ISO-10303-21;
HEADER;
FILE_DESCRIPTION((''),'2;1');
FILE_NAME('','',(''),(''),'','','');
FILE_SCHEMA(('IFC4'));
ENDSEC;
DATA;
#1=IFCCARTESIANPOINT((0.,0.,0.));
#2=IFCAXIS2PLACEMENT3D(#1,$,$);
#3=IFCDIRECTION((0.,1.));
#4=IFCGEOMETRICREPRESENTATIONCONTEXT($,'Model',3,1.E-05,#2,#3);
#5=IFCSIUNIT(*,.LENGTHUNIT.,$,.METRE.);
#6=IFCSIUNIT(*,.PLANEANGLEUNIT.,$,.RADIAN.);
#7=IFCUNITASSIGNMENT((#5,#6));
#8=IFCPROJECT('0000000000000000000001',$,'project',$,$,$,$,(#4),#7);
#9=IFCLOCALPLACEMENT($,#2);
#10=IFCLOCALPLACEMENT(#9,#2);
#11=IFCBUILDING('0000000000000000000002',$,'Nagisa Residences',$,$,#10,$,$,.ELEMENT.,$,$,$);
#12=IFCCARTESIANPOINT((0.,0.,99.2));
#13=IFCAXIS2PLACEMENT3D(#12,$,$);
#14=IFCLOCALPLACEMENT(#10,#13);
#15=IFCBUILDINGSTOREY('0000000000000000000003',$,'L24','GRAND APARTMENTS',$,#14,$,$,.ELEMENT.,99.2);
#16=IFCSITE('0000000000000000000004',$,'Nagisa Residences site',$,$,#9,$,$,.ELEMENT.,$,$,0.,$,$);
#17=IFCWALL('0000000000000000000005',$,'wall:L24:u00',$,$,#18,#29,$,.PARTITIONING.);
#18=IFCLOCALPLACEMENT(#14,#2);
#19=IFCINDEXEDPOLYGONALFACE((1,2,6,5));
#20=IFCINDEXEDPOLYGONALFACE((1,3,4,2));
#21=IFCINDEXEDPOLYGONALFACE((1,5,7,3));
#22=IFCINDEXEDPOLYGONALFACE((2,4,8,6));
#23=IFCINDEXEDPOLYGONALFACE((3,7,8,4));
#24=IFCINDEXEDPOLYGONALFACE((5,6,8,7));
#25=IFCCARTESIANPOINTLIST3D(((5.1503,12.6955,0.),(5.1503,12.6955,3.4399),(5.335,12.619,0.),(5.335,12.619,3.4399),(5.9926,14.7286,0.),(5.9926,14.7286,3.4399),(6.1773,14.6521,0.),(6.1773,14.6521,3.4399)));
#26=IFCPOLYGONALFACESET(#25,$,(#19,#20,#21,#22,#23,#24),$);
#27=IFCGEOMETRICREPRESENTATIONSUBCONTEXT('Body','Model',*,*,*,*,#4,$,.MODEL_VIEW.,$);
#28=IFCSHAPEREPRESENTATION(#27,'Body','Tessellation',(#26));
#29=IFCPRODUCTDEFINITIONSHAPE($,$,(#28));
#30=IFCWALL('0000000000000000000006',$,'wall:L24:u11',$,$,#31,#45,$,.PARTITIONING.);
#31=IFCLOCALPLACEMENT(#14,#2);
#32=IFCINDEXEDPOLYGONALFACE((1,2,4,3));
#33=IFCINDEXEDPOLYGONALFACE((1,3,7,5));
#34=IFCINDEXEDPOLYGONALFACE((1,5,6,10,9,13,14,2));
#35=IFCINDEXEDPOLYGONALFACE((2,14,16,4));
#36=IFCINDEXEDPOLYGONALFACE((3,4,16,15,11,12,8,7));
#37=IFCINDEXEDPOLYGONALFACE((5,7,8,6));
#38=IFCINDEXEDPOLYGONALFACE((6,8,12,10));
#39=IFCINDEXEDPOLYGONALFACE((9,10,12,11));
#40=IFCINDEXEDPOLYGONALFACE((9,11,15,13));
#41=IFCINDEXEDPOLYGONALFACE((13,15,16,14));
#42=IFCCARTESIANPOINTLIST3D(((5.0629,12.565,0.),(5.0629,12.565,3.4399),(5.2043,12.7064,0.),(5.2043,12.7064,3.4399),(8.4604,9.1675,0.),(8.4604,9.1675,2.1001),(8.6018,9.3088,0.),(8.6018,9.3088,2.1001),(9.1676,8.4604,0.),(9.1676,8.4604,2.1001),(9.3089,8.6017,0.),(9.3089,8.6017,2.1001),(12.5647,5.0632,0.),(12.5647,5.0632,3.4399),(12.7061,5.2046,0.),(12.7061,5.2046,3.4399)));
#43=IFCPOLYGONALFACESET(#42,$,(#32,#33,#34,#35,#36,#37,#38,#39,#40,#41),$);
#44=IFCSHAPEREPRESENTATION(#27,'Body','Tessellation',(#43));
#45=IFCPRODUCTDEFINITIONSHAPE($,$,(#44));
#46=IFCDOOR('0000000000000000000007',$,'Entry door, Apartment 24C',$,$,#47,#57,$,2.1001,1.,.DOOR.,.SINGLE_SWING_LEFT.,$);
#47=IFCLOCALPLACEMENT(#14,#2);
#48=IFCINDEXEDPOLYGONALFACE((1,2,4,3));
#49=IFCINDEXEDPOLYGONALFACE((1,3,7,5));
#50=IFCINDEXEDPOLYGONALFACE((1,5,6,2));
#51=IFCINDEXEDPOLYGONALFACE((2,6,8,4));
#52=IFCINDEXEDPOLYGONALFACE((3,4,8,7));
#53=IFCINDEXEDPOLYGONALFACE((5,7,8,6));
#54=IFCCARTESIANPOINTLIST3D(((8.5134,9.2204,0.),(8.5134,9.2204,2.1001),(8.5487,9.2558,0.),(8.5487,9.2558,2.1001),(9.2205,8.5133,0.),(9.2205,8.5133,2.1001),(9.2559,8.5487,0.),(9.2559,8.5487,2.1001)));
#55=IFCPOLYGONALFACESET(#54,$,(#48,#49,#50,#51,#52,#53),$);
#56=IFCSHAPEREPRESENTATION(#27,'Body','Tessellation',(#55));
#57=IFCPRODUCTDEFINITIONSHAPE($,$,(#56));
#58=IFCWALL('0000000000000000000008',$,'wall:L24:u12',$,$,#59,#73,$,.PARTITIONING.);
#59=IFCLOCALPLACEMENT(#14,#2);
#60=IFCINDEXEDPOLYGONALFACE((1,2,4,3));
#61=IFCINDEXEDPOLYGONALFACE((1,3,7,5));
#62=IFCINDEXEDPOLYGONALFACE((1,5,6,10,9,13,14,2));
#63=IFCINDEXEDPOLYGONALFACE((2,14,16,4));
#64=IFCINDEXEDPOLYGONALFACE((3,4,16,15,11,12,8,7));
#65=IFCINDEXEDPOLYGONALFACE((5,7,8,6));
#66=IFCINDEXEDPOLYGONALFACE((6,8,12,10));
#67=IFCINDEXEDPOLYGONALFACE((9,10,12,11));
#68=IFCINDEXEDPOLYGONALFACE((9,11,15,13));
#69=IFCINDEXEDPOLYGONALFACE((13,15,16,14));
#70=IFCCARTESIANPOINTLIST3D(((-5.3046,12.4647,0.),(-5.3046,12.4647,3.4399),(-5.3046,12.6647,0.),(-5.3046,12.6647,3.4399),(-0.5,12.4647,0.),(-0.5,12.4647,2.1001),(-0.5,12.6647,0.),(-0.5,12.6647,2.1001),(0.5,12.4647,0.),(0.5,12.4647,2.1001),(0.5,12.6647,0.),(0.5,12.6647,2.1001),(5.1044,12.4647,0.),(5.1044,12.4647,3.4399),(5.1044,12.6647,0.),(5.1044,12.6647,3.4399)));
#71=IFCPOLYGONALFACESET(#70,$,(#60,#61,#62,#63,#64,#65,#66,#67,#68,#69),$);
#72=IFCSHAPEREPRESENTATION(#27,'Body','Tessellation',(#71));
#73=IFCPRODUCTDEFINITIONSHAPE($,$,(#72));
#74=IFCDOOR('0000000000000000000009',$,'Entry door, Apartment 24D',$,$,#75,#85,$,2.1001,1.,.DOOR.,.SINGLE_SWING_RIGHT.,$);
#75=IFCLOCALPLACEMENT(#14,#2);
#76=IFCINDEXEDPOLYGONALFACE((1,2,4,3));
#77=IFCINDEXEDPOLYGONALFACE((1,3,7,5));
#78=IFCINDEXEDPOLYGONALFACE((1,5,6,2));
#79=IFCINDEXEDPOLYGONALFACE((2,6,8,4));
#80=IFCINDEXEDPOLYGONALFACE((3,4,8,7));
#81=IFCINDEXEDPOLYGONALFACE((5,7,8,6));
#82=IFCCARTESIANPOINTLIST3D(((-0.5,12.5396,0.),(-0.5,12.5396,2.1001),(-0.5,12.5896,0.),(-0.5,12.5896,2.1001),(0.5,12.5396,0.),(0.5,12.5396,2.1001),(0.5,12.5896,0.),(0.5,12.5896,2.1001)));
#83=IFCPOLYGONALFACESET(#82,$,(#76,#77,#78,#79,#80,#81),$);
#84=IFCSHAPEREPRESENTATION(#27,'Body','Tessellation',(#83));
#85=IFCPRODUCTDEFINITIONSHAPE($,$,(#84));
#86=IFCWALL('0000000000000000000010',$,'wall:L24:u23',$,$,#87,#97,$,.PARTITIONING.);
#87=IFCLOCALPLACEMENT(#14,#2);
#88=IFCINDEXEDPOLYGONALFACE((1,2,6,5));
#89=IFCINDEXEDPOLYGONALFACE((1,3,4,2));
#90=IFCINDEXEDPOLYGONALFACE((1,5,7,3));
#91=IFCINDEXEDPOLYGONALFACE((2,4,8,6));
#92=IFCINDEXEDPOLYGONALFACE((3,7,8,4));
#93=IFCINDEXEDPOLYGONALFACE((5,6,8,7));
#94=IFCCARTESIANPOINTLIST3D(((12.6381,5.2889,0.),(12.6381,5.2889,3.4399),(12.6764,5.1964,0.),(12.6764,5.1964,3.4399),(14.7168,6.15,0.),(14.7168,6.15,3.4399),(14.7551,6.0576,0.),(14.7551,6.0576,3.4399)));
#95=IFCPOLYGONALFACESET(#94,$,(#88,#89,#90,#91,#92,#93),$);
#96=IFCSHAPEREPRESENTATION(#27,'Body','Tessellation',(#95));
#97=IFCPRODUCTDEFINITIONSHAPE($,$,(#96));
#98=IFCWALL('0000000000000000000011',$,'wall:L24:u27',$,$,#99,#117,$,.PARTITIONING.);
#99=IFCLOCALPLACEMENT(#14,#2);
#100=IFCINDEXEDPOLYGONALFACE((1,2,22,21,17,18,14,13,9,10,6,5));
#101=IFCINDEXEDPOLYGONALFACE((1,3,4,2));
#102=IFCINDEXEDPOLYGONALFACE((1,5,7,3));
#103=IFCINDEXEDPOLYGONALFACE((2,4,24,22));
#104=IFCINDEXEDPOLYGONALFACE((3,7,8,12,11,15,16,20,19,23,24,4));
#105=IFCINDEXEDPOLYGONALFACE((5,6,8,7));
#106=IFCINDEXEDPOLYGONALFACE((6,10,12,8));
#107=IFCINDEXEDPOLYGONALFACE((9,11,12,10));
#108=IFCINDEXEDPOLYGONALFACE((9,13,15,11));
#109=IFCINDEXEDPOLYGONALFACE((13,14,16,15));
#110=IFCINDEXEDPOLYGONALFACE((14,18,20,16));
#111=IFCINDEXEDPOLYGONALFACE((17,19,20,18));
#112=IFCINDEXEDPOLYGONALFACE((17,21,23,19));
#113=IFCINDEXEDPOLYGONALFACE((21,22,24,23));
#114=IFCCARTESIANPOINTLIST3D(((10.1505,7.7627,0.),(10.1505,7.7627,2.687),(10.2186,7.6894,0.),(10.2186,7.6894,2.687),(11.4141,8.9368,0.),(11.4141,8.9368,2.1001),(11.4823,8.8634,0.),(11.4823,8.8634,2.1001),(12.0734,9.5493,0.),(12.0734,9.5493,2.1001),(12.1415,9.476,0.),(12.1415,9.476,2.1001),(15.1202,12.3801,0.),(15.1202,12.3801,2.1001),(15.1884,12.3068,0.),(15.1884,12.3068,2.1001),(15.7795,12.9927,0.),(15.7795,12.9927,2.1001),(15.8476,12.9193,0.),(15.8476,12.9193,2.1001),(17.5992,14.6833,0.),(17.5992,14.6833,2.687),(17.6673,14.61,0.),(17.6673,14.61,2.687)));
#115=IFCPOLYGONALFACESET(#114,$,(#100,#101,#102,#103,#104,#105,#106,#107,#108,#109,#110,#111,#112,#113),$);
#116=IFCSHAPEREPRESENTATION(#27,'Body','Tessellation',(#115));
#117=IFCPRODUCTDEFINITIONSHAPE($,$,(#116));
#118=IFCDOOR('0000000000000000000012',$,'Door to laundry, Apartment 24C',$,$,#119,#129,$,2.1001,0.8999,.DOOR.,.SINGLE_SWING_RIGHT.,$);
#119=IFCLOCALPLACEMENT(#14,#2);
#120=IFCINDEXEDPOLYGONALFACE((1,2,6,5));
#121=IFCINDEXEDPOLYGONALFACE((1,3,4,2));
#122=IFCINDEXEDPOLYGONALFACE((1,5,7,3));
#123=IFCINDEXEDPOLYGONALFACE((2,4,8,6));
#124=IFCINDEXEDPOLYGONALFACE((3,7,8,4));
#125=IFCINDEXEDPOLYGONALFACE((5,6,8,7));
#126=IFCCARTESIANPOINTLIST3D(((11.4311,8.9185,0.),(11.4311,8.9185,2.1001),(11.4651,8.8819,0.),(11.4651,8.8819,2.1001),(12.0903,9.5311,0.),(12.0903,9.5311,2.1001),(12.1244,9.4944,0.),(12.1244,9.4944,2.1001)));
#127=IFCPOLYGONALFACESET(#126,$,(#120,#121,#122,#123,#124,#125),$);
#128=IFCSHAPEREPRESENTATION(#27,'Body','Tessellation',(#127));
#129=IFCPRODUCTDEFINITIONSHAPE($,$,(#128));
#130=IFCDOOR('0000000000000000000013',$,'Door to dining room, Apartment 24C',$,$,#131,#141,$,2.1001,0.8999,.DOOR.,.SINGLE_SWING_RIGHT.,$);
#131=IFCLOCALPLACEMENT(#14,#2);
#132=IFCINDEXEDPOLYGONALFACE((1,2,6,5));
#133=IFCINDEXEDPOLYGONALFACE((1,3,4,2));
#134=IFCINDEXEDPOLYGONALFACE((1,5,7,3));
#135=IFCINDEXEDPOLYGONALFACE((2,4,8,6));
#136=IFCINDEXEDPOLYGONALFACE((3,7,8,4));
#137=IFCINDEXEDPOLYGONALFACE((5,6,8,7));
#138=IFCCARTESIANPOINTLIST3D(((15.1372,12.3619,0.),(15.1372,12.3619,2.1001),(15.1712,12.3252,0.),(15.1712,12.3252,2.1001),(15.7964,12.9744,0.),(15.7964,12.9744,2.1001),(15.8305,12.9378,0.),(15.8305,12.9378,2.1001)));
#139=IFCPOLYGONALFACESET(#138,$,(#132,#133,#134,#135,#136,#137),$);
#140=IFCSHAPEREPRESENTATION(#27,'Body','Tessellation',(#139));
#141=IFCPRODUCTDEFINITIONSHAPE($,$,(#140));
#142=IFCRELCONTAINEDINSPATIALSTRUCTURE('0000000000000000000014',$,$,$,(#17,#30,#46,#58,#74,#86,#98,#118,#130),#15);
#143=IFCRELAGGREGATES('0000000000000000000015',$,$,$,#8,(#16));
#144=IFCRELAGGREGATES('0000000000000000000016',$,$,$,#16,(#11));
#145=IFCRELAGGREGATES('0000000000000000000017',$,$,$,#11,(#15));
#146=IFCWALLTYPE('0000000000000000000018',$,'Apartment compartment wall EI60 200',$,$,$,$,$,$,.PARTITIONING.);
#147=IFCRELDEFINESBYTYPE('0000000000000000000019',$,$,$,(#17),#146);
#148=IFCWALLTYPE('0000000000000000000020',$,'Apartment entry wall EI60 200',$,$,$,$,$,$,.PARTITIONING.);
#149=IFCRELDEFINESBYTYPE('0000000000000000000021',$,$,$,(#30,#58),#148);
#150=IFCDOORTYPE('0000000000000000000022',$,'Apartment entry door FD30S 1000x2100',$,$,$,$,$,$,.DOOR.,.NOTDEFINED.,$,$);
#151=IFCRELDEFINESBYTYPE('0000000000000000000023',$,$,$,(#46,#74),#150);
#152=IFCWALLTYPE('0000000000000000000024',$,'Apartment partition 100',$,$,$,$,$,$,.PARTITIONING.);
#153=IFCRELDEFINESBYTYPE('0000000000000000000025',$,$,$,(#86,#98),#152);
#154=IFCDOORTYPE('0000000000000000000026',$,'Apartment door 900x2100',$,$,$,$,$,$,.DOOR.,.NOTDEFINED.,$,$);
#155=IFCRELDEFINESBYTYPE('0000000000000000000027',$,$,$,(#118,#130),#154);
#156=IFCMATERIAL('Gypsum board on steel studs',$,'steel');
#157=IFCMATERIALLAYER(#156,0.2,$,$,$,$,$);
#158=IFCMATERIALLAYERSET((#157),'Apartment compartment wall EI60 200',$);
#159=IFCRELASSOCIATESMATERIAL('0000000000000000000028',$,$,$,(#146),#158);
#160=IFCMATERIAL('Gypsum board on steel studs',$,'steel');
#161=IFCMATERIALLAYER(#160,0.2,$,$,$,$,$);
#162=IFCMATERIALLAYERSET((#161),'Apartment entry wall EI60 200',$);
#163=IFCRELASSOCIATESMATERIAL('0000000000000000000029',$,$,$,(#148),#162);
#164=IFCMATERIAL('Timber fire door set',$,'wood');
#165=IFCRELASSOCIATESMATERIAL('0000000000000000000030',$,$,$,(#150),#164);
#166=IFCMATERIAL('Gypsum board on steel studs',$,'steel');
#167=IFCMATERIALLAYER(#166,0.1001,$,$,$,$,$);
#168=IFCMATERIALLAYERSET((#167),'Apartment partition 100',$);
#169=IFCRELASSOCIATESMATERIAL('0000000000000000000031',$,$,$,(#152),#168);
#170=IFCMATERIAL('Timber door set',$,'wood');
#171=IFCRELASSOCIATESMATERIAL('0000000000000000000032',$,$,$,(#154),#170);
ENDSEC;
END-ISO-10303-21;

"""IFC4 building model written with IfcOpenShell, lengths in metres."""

from ifc_helpers import new_model, si_unit, direction, frame, frame_2d, origin, place, context, subcontext, project, spatial, rectangle, extrude, material, layer, layer_set, type_object, element, fill, save


model = new_model("IFC4")

# Units and contexts
model_context = context("Model", 3, precision=1e-05, world=origin(), true_north=direction((0.0, 1.0)))
body_context = subcontext(model_context, "Body", "Model", "MODEL_VIEW")
ifc_project = project(units=[si_unit("LENGTHUNIT", "METRE"), si_unit("PLANEANGLEUNIT", "RADIAN")], contexts=[model_context])

# Site, building, storey
site_placement = place(None, origin())
site = spatial("IfcSite", under=ifc_project, at=site_placement, Name="Nagisa Residences site", CompositionType="ELEMENT", RefElevation=0.0)
building_placement = place(site_placement, origin())
building = spatial("IfcBuilding", under=site, at=building_placement, Name="Nagisa Residences", CompositionType="ELEMENT")
storey_placement = place(building_placement, frame((0.0, 0.0, 99.2)))
storey = spatial("IfcBuildingStorey", under=building, at=storey_placement, Name="L24", Description="GRAND APARTMENTS", CompositionType="ELEMENT", Elevation=99.2)

# Wall
ifc_material_1 = material(Name="Gypsum board on steel studs", Category="steel")
ifc_layer_1 = layer(ifc_material_1, 0.2)
ifc_layer_set_1 = layer_set([ifc_layer_1], Name="Apartment compartment wall EI60 200")
wall_type_1 = type_object("IfcWallType", Name="Apartment compartment wall EI60 200", PredefinedType="PARTITIONING", material=ifc_layer_set_1)
wall_1_placement = place(storey_placement, frame((5.2427, 12.6572, 0.0), z_axis=(0.0, 0.0, 1.0), x_axis=(0.382724, 0.923863, 0.0)))
element("IfcWall", 1, at=wall_1_placement, inside=storey, type_object=wall_type_1, Name="wall:L24:u00", PredefinedType="PARTITIONING", context=body_context, shape_type="SweptSolid", body=[
    extrude(rectangle(XDim=2.2007, YDim=0.2, at=frame_2d((1.1003, 0.0))), origin(), (0.0, 0.0, 1.0), 3.4399),
])

# Walls, openings, doors
ifc_material_2 = material(Name="Gypsum board on steel studs", Category="steel")
ifc_layer_2 = layer(ifc_material_2, 0.2)
ifc_layer_set_2 = layer_set([ifc_layer_2], Name="Apartment entry wall EI60 200")
wall_type_2 = type_object("IfcWallType", Name="Apartment entry wall EI60 200", PredefinedType="PARTITIONING", material=ifc_layer_set_2)
wall_2_placement = place(storey_placement, frame((12.6355, 5.1338, 0.0), z_axis=(0.0, 0.0, 1.0), x_axis=(-0.707107, 0.707107, 0.0)))
wall_2 = element("IfcWall", 2, at=wall_2_placement, inside=storey, type_object=wall_type_2, Name="wall:L24:u11", PredefinedType="PARTITIONING", context=body_context, shape_type="SweptSolid", body=[
    extrude(rectangle(XDim=10.6091, YDim=0.2, at=frame_2d((5.3047, 0.0))), origin(), (0.0, 0.0, 1.0), 3.4399),
])
opening_1_placement = place(wall_2_placement, frame((4.8044, 0.0, 0.0)))
opening_1 = element("IfcOpeningElement", 3, at=opening_1_placement, cuts=wall_2, PredefinedType="OPENING", context=body_context, shape_type="SweptSolid", body=[
    extrude(rectangle(XDim=1.0, YDim=2.1001, at=frame_2d((0.5, 1.05))), frame((0.0, 0.1099, 0.0), z_axis=(0.0, -1.0, 0.0), x_axis=(1.0, 0.0, 0.0)), (0.0, 0.0, 1.0), 0.22),
])
ifc_material_3 = material(Name="Timber fire door set", Category="wood")
door_type_1 = type_object("IfcDoorType", Name="Apartment entry door FD30S 1000x2100", OperationType="NOTDEFINED", PredefinedType="DOOR", material=ifc_material_3)
door_1_placement = place(opening_1_placement, frame((1.0, 0.0, 0.0), x_axis=(-1.0, 0.0, 0.0)))
door_1 = element("IfcDoor", 4, at=door_1_placement, inside=storey, type_object=door_type_1, Name="Entry door, Apartment 24C", OperationType="SINGLE_SWING_LEFT", OverallHeight=2.1001, OverallWidth=1.0, PredefinedType="DOOR", context=body_context, shape_type="SweptSolid", body=[
    extrude(rectangle(XDim=1.0, YDim=2.1001, at=frame_2d((0.5, 1.05))), frame((0.0, 0.0249, 0.0), z_axis=(0.0, -1.0, 0.0), x_axis=(1.0, 0.0, 0.0)), (0.0, 0.0, 1.0), 0.05),
])
fill(opening_1, door_1)
wall_3_placement = place(storey_placement, frame((5.1045, 12.5647, 0.0), z_axis=(0.0, 0.0, 1.0), x_axis=(-1.0, 0.0, 0.0)))
wall_3 = element("IfcWall", 5, at=wall_3_placement, inside=storey, type_object=wall_type_2, Name="wall:L24:u12", PredefinedType="PARTITIONING", context=body_context, shape_type="SweptSolid", body=[
    extrude(rectangle(XDim=10.4089, YDim=0.2, at=frame_2d((5.2046, 0.0))), origin(), (0.0, 0.0, 1.0), 3.4399),
])
opening_2_placement = place(wall_3_placement, frame((4.6045, 0.0, 0.0)))
opening_2 = element("IfcOpeningElement", 6, at=opening_2_placement, cuts=wall_3, PredefinedType="OPENING", context=body_context, shape_type="SweptSolid", body=[
    extrude(rectangle(XDim=1.0, YDim=2.1001, at=frame_2d((0.5, 1.05))), frame((0.0, 0.1099, 0.0), z_axis=(0.0, -1.0, 0.0), x_axis=(1.0, 0.0, 0.0)), (0.0, 0.0, 1.0), 0.22),
])
door_2_placement = place(opening_2_placement, frame((1.0, 0.0, 0.0), x_axis=(-1.0, 0.0, 0.0)))
door_2 = element("IfcDoor", 7, at=door_2_placement, inside=storey, type_object=door_type_1, Name="Entry door, Apartment 24D", OperationType="SINGLE_SWING_RIGHT", OverallHeight=2.1001, OverallWidth=1.0, PredefinedType="DOOR", context=body_context, shape_type="SweptSolid", body=[
    extrude(rectangle(XDim=1.0, YDim=2.1001, at=frame_2d((0.5, 1.05))), frame((0.0, 0.0249, 0.0), z_axis=(0.0, -1.0, 0.0), x_axis=(1.0, 0.0, 0.0)), (0.0, 0.0, 1.0), 0.05),
])
fill(opening_2, door_2)

# Wall
ifc_material_4 = material(Name="Gypsum board on steel studs", Category="steel")
ifc_layer_3 = layer(ifc_material_4, 0.1001)
ifc_layer_set_3 = layer_set([ifc_layer_3], Name="Apartment partition 100")
wall_type_3 = type_object("IfcWallType", Name="Apartment partition 100", PredefinedType="PARTITIONING", material=ifc_layer_set_3)
wall_4_placement = place(storey_placement, frame((12.6572, 5.2427, 0.0), z_axis=(0.0, 0.0, 1.0), x_axis=(0.923865, 0.382719, 0.0)))
element("IfcWall", 8, at=wall_4_placement, inside=storey, type_object=wall_type_3, Name="wall:L24:u23", PredefinedType="PARTITIONING", context=body_context, shape_type="SweptSolid", body=[
    extrude(rectangle(XDim=2.25, YDim=0.1001, at=frame_2d((1.125, 0.0))), origin(), (0.0, 0.0, 1.0), 3.4399),
])

# Wall, openings, doors
wall_5_placement = place(storey_placement, frame((10.1846, 7.7261, 0.0), z_axis=(0.0, 0.0, 1.0), x_axis=(0.732598, 0.680661, 0.0)))
wall_5 = element("IfcWall", 9, at=wall_5_placement, inside=storey, type_object=wall_type_3, Name="wall:L24:u27", PredefinedType="PARTITIONING", context=body_context, shape_type="SweptSolid", body=[
    extrude(rectangle(XDim=10.1675, YDim=0.1001, at=frame_2d((5.0837, 0.0))), origin(), (0.0, 0.0, 1.0), 2.687),
])
opening_3_placement = place(wall_5_placement, frame((1.7249, 0.0, 0.0)))
opening_3 = element("IfcOpeningElement", 10, at=opening_3_placement, cuts=wall_5, PredefinedType="OPENING", context=body_context, shape_type="SweptSolid", body=[
    extrude(rectangle(XDim=0.8999, YDim=2.1001, at=frame_2d((0.45, 1.05))), frame((0.0, 0.0601, 0.0), z_axis=(0.0, -1.0, 0.0), x_axis=(1.0, 0.0, 0.0)), (0.0, 0.0, 1.0), 0.1201),
])
opening_4_placement = place(wall_5_placement, frame((6.7837, 0.0, 0.0)))
opening_4 = element("IfcOpeningElement", 11, at=opening_4_placement, cuts=wall_5, PredefinedType="OPENING", context=body_context, shape_type="SweptSolid", body=[
    extrude(rectangle(XDim=0.8999, YDim=2.1001, at=frame_2d((0.45, 1.05))), frame((0.0, 0.0601, 0.0), z_axis=(0.0, -1.0, 0.0), x_axis=(1.0, 0.0, 0.0)), (0.0, 0.0, 1.0), 0.1201),
])
ifc_material_5 = material(Name="Timber door set", Category="wood")
door_type_2 = type_object("IfcDoorType", Name="Apartment door 900x2100", OperationType="NOTDEFINED", PredefinedType="DOOR", material=ifc_material_5)
door_3_placement = place(opening_3_placement, frame((0.8999, 0.0, 0.0), x_axis=(-1.0, 0.0, 0.0)))
door_3 = element("IfcDoor", 12, at=door_3_placement, inside=storey, type_object=door_type_2, Name="Door to laundry, Apartment 24C", OperationType="SINGLE_SWING_RIGHT", OverallHeight=2.1001, OverallWidth=0.8999, PredefinedType="DOOR", context=body_context, shape_type="SweptSolid", body=[
    extrude(rectangle(XDim=0.8999, YDim=2.1001, at=frame_2d((0.45, 1.05))), frame((0.0, 0.0249, 0.0), z_axis=(0.0, -1.0, 0.0), x_axis=(1.0, 0.0, 0.0)), (0.0, 0.0, 1.0), 0.05),
])
fill(opening_3, door_3)
door_4_placement = place(opening_4_placement, frame((0.8999, 0.0, 0.0), x_axis=(-1.0, 0.0, 0.0)))
door_4 = element("IfcDoor", 13, at=door_4_placement, inside=storey, type_object=door_type_2, Name="Door to dining room, Apartment 24C", OperationType="SINGLE_SWING_RIGHT", OverallHeight=2.1001, OverallWidth=0.8999, PredefinedType="DOOR", context=body_context, shape_type="SweptSolid", body=[
    extrude(rectangle(XDim=0.8999, YDim=2.1001, at=frame_2d((0.45, 1.05))), frame((0.0, 0.0249, 0.0), z_axis=(0.0, -1.0, 0.0), x_axis=(1.0, 0.0, 0.0)), (0.0, 0.0, 1.0), 0.05),
])
fill(opening_4, door_4)

save(model, "model.ifc")
